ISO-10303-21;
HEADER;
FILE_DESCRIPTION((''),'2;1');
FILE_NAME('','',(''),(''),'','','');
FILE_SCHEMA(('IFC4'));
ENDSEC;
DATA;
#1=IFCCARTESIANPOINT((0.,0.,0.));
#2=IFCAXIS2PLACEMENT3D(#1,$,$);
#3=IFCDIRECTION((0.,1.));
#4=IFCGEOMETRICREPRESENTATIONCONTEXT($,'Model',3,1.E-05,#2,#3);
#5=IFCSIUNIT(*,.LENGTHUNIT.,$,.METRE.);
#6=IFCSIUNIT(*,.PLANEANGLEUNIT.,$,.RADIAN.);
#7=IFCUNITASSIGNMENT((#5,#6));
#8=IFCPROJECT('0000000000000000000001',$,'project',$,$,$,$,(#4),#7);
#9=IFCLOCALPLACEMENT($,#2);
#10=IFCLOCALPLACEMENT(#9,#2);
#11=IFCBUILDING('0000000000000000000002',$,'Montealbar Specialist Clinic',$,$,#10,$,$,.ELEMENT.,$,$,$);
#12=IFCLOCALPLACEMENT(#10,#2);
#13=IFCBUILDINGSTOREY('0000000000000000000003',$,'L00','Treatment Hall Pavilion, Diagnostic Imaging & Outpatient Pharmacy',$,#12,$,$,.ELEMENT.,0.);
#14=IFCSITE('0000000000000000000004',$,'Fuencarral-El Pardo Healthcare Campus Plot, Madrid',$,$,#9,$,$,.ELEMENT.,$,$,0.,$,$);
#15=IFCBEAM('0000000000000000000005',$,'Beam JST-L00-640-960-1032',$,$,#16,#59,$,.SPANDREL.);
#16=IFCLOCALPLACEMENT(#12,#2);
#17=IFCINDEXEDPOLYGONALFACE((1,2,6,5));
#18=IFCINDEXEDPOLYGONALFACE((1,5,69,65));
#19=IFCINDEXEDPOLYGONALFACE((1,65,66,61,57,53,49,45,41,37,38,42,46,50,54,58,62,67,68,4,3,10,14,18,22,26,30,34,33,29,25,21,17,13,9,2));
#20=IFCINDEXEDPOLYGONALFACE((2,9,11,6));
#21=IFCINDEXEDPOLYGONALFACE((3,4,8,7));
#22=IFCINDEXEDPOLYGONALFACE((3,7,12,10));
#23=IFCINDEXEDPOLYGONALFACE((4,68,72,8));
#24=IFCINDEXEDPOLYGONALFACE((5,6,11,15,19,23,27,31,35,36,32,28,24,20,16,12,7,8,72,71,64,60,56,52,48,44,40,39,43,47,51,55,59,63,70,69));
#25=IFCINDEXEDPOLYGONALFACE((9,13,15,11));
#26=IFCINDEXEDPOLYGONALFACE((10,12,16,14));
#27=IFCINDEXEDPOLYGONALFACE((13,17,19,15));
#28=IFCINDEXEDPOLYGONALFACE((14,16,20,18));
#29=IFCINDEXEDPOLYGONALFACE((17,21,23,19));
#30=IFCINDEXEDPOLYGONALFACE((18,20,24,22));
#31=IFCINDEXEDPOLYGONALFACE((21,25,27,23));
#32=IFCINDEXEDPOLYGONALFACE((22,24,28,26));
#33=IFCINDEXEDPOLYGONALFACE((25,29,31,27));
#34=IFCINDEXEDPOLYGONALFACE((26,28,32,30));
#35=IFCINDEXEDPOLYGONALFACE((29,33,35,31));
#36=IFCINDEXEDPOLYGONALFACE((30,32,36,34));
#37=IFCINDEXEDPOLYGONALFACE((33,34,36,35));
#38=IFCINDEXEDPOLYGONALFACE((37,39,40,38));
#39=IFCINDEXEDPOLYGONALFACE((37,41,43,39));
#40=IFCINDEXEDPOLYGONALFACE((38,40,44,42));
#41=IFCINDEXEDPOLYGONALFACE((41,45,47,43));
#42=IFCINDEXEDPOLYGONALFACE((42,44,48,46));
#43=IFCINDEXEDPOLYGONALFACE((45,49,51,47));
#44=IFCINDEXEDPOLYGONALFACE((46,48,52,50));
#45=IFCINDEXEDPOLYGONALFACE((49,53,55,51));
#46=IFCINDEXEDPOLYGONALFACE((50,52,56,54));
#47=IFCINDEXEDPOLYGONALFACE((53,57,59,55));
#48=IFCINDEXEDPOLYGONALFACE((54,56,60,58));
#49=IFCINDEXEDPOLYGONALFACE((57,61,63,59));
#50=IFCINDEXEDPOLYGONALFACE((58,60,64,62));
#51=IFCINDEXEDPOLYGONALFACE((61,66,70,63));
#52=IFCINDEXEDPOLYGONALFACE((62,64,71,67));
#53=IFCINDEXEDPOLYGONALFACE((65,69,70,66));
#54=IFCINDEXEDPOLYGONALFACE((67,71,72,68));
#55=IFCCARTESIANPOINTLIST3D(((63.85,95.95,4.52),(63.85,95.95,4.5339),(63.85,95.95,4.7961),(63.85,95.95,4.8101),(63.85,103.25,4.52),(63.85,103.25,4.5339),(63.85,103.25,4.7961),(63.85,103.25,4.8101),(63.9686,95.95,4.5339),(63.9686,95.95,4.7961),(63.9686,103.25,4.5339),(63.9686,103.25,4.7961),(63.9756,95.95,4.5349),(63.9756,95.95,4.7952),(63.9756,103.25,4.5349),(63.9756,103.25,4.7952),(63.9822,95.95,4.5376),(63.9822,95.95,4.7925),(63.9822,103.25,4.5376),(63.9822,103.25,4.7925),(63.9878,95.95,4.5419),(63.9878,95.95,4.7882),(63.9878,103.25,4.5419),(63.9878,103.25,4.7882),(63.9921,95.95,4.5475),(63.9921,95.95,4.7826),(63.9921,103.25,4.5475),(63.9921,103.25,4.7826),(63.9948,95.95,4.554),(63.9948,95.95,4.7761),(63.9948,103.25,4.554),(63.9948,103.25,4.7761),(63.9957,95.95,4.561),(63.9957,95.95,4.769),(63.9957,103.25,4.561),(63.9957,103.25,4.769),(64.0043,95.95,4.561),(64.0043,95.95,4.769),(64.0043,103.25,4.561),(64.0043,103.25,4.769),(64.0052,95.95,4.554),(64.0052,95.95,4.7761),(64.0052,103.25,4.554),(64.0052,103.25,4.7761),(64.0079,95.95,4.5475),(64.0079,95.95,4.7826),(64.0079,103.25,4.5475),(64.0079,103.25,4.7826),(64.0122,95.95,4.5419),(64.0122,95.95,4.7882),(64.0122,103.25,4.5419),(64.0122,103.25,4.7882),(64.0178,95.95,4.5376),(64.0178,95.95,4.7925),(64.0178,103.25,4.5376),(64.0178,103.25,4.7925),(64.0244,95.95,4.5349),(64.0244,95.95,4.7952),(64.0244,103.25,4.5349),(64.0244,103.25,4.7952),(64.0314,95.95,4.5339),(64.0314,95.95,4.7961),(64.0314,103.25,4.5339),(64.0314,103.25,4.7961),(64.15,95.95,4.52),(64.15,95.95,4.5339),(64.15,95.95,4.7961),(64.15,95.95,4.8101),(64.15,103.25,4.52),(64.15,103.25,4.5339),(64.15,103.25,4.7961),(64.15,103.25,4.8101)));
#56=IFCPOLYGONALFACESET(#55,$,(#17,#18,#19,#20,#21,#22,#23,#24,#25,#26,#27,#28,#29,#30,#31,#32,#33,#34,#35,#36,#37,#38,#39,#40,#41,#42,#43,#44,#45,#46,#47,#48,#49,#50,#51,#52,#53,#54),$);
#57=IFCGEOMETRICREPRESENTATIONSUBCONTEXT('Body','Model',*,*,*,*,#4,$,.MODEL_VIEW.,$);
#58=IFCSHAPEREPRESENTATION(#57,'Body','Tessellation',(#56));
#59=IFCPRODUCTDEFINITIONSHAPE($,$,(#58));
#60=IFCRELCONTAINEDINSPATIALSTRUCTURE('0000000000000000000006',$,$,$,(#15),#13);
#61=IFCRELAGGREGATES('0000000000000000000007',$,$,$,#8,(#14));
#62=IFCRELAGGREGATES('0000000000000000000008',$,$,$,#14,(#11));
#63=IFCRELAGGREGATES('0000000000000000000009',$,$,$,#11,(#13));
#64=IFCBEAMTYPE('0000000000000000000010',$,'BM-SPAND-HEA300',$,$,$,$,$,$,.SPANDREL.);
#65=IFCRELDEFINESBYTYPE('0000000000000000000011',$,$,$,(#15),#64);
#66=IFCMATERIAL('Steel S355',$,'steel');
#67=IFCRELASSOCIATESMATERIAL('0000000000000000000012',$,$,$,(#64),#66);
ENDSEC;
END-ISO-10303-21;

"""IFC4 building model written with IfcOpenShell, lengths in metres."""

from ifc_helpers import new_model, si_unit, direction, frame, origin, origin_2d, place, context, subcontext, project, spatial, i_section, extrude, material, material_profile, profile_set, type_object, element, save


model = new_model("IFC4")

# Units and contexts
model_context = context("Model", 3, precision=1e-05, world=origin(), true_north=direction((0.0, 1.0)))
body_context = subcontext(model_context, "Body", "Model", "MODEL_VIEW")
ifc_project = project(units=[si_unit("LENGTHUNIT", "METRE"), si_unit("PLANEANGLEUNIT", "RADIAN")], contexts=[model_context])

# Site, building, storey
site_placement = place(None, origin())
site = spatial("IfcSite", under=ifc_project, at=site_placement, Name="Fuencarral-El Pardo Healthcare Campus Plot, Madrid", CompositionType="ELEMENT", RefElevation=0.0)
building_placement = place(site_placement, origin())
building = spatial("IfcBuilding", under=site, at=building_placement, Name="Montealbar Specialist Clinic", CompositionType="ELEMENT")
storey_placement = place(building_placement, origin())
storey = spatial("IfcBuildingStorey", under=building, at=storey_placement, Name="L00", Description="Treatment Hall Pavilion, Diagnostic Imaging & Outpatient Pharmacy", CompositionType="ELEMENT", Elevation=0.0)

# Shared definitions
ifc_material_1 = material(Name="Steel S355", Category="steel")

# Beam
ifc_material_profile_1 = material_profile(ifc_material_1, i_section(OverallWidth=0.3, OverallDepth=0.29, WebThickness=0.0085, FlangeThickness=0.0139, FilletRadius=0.0271, at=origin_2d()), Name="HEA 300", Category="steel")
ifc_profile_set_1 = profile_set([ifc_material_profile_1], Name="Steel S355")
beam_type_1 = type_object("IfcBeamType", Name="BM-SPAND-HEA300", PredefinedType="SPANDREL", material=ifc_profile_set_1)
beam_1_placement = place(storey_placement, frame((64.0, 95.95, 4.665), z_axis=(0.0, 1.0, 0.0), x_axis=(-1.0, 0.0, 0.0)))
element("IfcBeam", 1, at=beam_1_placement, inside=storey, type_object=beam_type_1, Name="Beam JST-L00-640-960-1032", PredefinedType="SPANDREL", context=body_context, shape_type="SweptSolid", body=[
    extrude(i_section(OverallWidth=0.3, OverallDepth=0.29, WebThickness=0.0085, FlangeThickness=0.0139, FilletRadius=0.0271, at=origin_2d()), origin(), (0.0, 0.0, 1.0), 7.3),
])

save(model, "model.ifc")
